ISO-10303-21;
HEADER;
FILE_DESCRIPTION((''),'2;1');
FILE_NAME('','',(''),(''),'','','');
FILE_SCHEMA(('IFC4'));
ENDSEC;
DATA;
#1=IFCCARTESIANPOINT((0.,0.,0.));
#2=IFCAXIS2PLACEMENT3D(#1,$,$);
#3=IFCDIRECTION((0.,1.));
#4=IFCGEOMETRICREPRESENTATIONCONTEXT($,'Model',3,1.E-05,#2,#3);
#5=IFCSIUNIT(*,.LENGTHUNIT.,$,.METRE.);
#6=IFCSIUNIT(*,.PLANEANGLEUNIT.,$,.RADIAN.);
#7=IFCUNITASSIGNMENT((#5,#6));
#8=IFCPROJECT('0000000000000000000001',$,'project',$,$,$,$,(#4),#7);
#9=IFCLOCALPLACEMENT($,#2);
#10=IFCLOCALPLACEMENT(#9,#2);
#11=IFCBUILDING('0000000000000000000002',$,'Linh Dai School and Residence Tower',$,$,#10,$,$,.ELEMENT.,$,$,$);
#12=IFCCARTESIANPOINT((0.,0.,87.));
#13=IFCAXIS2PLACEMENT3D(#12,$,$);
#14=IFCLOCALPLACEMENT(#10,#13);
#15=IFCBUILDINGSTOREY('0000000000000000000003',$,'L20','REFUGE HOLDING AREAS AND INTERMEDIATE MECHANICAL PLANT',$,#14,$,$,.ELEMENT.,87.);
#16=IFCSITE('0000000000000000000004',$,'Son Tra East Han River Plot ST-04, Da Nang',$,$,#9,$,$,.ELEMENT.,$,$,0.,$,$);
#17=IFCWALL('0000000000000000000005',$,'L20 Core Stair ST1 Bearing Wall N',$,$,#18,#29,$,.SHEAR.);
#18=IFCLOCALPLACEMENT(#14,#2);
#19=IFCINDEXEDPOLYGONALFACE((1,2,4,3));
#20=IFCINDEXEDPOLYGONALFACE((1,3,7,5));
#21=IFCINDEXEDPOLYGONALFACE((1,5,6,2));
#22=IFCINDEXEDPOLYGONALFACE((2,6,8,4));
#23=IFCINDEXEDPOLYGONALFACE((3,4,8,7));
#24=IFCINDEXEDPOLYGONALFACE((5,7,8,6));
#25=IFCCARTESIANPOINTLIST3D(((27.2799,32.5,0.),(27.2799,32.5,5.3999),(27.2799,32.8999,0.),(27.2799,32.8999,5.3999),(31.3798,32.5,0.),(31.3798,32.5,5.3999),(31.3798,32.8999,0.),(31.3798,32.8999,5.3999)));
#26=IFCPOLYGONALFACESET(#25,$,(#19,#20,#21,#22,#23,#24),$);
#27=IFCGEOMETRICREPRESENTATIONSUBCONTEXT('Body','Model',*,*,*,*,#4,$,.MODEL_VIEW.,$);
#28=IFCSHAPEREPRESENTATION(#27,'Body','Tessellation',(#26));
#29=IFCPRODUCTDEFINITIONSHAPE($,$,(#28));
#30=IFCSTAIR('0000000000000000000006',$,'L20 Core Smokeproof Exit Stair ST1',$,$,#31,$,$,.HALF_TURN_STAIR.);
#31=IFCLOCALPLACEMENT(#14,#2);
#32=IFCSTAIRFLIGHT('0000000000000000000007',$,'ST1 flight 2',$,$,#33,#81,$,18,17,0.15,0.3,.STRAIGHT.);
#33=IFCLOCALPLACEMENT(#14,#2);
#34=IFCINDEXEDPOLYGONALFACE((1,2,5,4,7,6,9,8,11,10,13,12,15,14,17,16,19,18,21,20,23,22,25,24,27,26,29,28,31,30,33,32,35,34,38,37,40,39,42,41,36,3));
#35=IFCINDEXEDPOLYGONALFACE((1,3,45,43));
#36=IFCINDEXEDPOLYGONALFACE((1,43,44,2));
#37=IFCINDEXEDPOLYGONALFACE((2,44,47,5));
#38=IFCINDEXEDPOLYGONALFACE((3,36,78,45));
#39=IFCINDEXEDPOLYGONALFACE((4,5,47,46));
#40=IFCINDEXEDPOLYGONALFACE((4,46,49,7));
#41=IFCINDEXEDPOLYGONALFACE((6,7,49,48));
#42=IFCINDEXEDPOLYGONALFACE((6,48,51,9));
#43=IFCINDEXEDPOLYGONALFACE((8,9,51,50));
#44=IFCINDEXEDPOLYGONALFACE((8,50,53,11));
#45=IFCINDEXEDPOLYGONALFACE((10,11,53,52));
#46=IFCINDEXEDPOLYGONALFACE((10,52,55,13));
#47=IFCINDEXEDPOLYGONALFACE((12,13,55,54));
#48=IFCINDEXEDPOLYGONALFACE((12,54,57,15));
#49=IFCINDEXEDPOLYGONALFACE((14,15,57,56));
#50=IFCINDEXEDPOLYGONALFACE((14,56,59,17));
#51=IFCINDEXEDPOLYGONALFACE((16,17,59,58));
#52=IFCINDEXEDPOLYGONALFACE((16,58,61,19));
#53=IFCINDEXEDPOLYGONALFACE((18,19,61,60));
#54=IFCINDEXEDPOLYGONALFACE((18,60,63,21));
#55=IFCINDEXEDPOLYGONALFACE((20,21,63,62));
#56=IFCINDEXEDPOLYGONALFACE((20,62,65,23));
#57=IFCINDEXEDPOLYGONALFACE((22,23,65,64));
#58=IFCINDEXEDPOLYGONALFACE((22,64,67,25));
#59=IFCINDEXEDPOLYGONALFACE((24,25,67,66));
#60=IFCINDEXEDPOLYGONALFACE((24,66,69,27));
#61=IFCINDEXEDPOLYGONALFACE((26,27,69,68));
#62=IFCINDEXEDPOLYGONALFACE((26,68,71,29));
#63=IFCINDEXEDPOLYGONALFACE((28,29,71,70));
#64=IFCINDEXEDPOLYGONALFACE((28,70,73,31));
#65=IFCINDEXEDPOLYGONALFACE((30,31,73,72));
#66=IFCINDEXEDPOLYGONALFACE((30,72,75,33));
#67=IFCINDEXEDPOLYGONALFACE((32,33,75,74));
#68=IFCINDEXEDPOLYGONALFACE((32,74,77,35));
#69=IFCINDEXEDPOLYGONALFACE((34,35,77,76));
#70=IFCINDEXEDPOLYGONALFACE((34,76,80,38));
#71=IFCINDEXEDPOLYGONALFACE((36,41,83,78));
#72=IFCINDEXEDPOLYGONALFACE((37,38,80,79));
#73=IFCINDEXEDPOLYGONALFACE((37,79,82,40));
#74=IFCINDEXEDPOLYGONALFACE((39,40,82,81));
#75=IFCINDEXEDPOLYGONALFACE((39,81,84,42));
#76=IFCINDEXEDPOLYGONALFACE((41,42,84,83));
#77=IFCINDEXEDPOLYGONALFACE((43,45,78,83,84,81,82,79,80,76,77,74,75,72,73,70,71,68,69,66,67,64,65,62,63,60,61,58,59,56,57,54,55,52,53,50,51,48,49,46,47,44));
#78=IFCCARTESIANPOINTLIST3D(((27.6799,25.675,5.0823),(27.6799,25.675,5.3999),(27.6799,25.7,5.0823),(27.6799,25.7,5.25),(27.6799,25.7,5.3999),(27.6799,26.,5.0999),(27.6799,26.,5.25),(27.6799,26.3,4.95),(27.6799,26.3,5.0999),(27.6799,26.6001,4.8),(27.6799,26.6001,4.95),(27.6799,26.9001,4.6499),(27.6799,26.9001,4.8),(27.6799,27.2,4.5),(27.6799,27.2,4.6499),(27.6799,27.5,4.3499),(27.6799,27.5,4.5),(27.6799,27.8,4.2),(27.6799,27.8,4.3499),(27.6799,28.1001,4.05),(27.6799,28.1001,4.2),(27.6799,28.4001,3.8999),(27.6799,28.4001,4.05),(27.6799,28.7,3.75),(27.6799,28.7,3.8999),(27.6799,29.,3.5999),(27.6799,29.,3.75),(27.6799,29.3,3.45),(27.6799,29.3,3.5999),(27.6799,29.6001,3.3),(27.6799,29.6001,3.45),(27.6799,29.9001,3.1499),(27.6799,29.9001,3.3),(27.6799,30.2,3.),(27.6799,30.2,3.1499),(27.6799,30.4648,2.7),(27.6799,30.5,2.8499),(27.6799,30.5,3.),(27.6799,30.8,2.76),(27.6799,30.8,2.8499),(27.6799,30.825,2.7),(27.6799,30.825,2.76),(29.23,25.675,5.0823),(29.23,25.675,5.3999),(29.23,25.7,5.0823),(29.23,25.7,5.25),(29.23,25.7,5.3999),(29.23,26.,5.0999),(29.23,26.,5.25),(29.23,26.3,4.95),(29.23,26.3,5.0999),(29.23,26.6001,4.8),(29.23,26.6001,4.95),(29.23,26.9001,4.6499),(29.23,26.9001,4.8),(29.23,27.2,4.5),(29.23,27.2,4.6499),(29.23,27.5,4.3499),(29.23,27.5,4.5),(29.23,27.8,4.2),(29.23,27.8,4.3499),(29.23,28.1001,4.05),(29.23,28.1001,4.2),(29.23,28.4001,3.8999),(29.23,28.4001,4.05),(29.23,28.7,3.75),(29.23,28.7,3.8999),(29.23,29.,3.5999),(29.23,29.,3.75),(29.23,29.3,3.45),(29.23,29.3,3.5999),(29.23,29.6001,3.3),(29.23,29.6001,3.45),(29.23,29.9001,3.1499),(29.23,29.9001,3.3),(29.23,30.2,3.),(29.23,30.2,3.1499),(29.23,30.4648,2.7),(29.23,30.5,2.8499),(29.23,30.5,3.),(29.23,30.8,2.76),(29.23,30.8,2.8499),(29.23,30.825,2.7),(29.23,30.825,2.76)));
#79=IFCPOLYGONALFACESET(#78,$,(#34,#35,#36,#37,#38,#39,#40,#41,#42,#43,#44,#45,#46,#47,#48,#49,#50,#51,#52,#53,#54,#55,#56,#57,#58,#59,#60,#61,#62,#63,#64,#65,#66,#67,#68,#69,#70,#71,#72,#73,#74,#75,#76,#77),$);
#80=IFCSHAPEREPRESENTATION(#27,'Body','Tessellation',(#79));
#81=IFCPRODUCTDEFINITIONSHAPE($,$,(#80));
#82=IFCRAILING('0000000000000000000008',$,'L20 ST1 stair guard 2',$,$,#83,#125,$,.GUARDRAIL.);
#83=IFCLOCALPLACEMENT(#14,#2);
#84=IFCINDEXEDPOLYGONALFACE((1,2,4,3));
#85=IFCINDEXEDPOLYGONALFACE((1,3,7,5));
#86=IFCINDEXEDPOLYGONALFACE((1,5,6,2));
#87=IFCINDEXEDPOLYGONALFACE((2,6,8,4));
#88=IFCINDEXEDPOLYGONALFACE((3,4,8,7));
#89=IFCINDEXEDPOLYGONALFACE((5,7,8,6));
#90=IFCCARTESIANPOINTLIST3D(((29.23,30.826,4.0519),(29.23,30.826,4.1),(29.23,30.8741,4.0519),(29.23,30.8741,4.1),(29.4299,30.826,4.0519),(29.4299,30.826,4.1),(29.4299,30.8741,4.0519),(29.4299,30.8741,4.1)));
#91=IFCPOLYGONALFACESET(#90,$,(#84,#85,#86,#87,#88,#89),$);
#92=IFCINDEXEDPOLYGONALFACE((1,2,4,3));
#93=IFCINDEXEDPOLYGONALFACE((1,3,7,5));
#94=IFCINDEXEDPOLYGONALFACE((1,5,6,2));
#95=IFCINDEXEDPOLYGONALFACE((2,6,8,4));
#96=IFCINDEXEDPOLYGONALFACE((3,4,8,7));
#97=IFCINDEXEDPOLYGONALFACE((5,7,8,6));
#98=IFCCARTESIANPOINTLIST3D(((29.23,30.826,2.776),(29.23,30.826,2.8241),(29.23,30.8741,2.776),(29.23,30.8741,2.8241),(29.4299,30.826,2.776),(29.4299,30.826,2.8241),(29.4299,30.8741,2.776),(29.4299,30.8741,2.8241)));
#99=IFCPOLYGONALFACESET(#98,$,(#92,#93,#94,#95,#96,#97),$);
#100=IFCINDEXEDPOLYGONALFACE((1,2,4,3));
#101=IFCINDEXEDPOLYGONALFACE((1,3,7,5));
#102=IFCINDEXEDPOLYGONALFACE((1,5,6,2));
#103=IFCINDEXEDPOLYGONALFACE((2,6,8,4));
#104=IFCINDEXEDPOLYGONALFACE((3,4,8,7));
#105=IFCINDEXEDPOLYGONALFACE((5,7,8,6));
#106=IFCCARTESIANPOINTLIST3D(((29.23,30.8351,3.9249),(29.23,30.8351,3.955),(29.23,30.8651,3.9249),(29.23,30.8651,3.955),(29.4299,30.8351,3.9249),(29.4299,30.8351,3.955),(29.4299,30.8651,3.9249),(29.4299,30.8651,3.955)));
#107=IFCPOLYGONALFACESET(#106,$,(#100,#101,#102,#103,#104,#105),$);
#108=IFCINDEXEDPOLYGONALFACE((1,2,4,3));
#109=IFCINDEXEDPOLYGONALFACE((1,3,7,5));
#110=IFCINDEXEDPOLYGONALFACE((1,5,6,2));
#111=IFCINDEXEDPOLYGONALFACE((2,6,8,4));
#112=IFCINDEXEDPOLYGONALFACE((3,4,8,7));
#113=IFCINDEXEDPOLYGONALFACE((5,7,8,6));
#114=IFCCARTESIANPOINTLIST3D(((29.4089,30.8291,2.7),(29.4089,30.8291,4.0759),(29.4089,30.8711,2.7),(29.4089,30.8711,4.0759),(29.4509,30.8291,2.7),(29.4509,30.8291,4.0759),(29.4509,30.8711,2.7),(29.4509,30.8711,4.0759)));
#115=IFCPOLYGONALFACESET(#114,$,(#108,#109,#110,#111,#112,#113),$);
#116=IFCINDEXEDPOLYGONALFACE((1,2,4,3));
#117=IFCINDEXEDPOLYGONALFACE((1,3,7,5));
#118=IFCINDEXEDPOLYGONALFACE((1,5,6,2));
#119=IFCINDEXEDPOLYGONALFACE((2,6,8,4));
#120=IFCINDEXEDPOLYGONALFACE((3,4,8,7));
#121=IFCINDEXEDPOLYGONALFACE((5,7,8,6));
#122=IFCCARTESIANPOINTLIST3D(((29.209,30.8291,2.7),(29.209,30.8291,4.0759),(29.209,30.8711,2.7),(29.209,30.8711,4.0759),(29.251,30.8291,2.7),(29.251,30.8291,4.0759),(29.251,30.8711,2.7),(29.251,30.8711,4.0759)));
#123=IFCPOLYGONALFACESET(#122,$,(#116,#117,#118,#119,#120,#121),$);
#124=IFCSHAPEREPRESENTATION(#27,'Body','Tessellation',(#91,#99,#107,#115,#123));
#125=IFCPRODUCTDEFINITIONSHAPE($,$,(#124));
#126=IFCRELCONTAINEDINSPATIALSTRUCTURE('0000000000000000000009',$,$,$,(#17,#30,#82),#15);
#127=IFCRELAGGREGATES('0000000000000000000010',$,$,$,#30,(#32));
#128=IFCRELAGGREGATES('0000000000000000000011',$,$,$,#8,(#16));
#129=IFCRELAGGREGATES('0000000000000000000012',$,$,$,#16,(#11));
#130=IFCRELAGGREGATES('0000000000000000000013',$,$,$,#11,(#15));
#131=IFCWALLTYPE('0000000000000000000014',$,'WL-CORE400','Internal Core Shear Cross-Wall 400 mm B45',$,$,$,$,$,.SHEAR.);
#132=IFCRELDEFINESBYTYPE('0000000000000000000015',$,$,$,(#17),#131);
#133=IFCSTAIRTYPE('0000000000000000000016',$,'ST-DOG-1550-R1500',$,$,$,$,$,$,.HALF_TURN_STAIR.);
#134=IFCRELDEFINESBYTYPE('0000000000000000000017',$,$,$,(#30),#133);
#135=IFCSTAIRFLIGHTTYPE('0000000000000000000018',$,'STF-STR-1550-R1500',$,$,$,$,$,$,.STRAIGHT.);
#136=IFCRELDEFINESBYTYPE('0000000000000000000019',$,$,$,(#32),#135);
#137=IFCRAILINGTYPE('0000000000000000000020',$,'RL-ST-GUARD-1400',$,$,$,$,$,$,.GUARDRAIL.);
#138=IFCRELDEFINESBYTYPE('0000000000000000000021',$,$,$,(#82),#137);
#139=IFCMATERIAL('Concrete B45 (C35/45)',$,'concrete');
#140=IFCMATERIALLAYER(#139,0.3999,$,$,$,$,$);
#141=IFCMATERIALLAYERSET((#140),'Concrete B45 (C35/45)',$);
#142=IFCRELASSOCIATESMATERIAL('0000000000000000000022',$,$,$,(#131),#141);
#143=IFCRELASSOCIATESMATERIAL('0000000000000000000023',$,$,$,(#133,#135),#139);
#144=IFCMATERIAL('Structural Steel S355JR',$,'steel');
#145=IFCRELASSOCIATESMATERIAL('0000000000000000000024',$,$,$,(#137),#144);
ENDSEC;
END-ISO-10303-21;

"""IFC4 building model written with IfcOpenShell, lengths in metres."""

from ifc_helpers import new_model, si_unit, direction, frame, frame_2d, origin, origin_2d, place, context, subcontext, project, spatial, polyline, rectangle, outline, extrude, source, transform, mapped, material, layer, layer_set, type_object, element, aggregate, save


model = new_model("IFC4")

# Units and contexts
model_context = context("Model", 3, precision=1e-05, world=origin(), true_north=direction((0.0, 1.0)))
body_context = subcontext(model_context, "Body", "Model", "MODEL_VIEW")
ifc_project = project(units=[si_unit("LENGTHUNIT", "METRE"), si_unit("PLANEANGLEUNIT", "RADIAN")], contexts=[model_context])

# Site, building, storey
site_placement = place(None, origin())
site = spatial("IfcSite", under=ifc_project, at=site_placement, Name="Son Tra East Han River Plot ST-04, Da Nang", CompositionType="ELEMENT", RefElevation=0.0)
building_placement = place(site_placement, origin())
building = spatial("IfcBuilding", under=site, at=building_placement, Name="Linh Dai School and Residence Tower", CompositionType="ELEMENT")
storey_placement = place(building_placement, frame((0.0, 0.0, 87.0)))
storey = spatial("IfcBuildingStorey", under=building, at=storey_placement, Name="L20", Description="REFUGE HOLDING AREAS AND INTERMEDIATE MECHANICAL PLANT", CompositionType="ELEMENT", Elevation=87.0)

# Shared definitions
ifc_material_1 = material(Name="Structural Steel S355JR", Category="steel")

# Shared definitions
ifc_material_2 = material(Name="Concrete B45 (C35/45)", Category="concrete")

# Wall
ifc_layer_1 = layer(ifc_material_2, 0.3999)
ifc_layer_set_1 = layer_set([ifc_layer_1], Name="Concrete B45 (C35/45)")
wall_type_1 = type_object("IfcWallType", Name="WL-CORE400", Description="Internal Core Shear Cross-Wall 400 mm B45", PredefinedType="SHEAR", material=ifc_layer_set_1)
wall_1_placement = place(storey_placement, frame((27.28, 32.7, 0.0), z_axis=(0.0, 0.0, 1.0), x_axis=(1.0, 0.0, 0.0)))
element("IfcWall", 1, at=wall_1_placement, inside=storey, type_object=wall_type_1, Name="L20 Core Stair ST1 Bearing Wall N", PredefinedType="SHEAR", context=body_context, shape_type="SweptSolid", body=[
    extrude(rectangle(XDim=4.0999, YDim=0.3999, at=frame_2d((2.0498, 0.0))), origin(), (0.0, 0.0, 1.0), 5.3999),
])

# Stair, stair flight
stair_type = type_object("IfcStairType", Name="ST-DOG-1550-R1500", PredefinedType="HALF_TURN_STAIR", material=ifc_material_2)
stair_placement = place(storey_placement, origin())
stair = element("IfcStair", 2, at=stair_placement, inside=storey, type_object=stair_type, Name="L20 Core Smokeproof Exit Stair ST1", PredefinedType="HALF_TURN_STAIR")
stair_flight_type = type_object("IfcStairFlightType", Name="STF-STR-1550-R1500", PredefinedType="STRAIGHT", material=ifc_material_2)
shared_shape_1 = source(origin(), body_context, "Body", "SweptSolid", [
    extrude(outline(polyline([(-0.0249, 0.0), (-0.0249, 0.0601), (0.0, 0.0601), (0.0, 0.1499), (0.3, 0.1499), (0.3, 0.3), (0.6001, 0.3), (0.6001, 0.45), (0.8999, 0.45), (0.8999, 0.6001), (1.2, 0.6001), (1.2, 0.75), (1.5, 0.75), (1.5, 0.8999), (1.8, 0.8999), (1.8, 1.05), (2.1001, 1.05), (2.1001, 1.2), (2.3999, 1.2), (2.3999, 1.3501), (2.7, 1.3501), (2.7, 1.5), (3.0, 1.5), (3.0, 1.6499), (3.3, 1.6499), (3.3, 1.8), (3.6001, 1.8), (3.6001, 1.95), (3.8999, 1.95), (3.8999, 2.1001), (4.2, 2.1001), (4.2, 2.25), (4.5, 2.25), (4.5, 2.3999), (4.8, 2.3999), (4.8, 2.55), (5.1001, 2.55), (5.1001, 2.7), (5.125, 2.7), (5.125, 2.3823), (5.1001, 2.3823), (0.3352, 0.0), (-0.0249, 0.0)])), frame((0.0, 0.7749, 0.0), z_axis=(0.0, -1.0, 0.0), x_axis=(1.0, 0.0, 0.0)), (0.0, 0.0, 1.0), 1.55),
])
stair_flight_placement = place(storey_placement, frame((28.4551, 30.8, 2.7), z_axis=(0.0, 0.0, 1.0), x_axis=(0.0, -1.0, 0.0)))
stair_flight = element("IfcStairFlight", 3, at=stair_flight_placement, type_object=stair_flight_type, Name="ST1 flight 2", NumberOfRisers=18, NumberOfTreads=17, PredefinedType="STRAIGHT", RiserHeight=0.15, TreadLength=0.3, context=body_context, shape_type="MappedRepresentation", body=[
    mapped(shared_shape_1, transform((0.0, 0.0, 0.0), x_axis=(1.0, 0.0, 0.0), y_axis=(0.0, 1.0, 0.0), z_axis=(0.0, 0.0, 1.0), scale=1.0)),
])
aggregate(stair, [stair_flight])

# Railing
railing_type_1 = type_object("IfcRailingType", Name="RL-ST-GUARD-1400", PredefinedType="GUARDRAIL", material=ifc_material_1)
shared_shape_2 = source(origin(), body_context, "Body", "SweptSolid", [
    extrude(rectangle(XDim=0.0481, YDim=0.0481, at=origin_2d()), frame((0.0, 0.0, 1.376), z_axis=(-1.0, 0.0, 0.0), x_axis=(0.0, -1.0, 0.0)), (0.0, 0.0, 1.0), 0.2),
    extrude(rectangle(XDim=0.0481, YDim=0.0481, at=origin_2d()), frame((0.0, 0.0, 0.1001), z_axis=(-1.0, 0.0, 0.0), x_axis=(0.0, -1.0, 0.0)), (0.0, 0.0, 1.0), 0.2),
    extrude(rectangle(XDim=0.03, YDim=0.03, at=origin_2d()), frame((0.0, 0.0, 1.24), z_axis=(-1.0, 0.0, 0.0), x_axis=(0.0, -1.0, 0.0)), (0.0, 0.0, 1.0), 0.2),
    extrude(rectangle(XDim=0.042, YDim=0.042, at=origin_2d()), origin(), (0.0, 0.0, 1.0), 1.376),
    extrude(rectangle(XDim=0.042, YDim=0.042, at=origin_2d()), frame((-0.2, 0.0, 0.0)), (0.0, 0.0, 1.0), 1.376),
])
railing_1_placement = place(storey_placement, frame((29.4299, 30.8501, 2.7)))
element("IfcRailing", 4, at=railing_1_placement, inside=storey, type_object=railing_type_1, Name="L20 ST1 stair guard 2", PredefinedType="GUARDRAIL", context=body_context, shape_type="MappedRepresentation", body=[
    mapped(shared_shape_2, transform((0.0, 0.0, 0.0), x_axis=(1.0, 0.0, 0.0), y_axis=(0.0, 1.0, 0.0), z_axis=(0.0, 0.0, 1.0), scale=1.0)),
])

save(model, "model.ifc")
